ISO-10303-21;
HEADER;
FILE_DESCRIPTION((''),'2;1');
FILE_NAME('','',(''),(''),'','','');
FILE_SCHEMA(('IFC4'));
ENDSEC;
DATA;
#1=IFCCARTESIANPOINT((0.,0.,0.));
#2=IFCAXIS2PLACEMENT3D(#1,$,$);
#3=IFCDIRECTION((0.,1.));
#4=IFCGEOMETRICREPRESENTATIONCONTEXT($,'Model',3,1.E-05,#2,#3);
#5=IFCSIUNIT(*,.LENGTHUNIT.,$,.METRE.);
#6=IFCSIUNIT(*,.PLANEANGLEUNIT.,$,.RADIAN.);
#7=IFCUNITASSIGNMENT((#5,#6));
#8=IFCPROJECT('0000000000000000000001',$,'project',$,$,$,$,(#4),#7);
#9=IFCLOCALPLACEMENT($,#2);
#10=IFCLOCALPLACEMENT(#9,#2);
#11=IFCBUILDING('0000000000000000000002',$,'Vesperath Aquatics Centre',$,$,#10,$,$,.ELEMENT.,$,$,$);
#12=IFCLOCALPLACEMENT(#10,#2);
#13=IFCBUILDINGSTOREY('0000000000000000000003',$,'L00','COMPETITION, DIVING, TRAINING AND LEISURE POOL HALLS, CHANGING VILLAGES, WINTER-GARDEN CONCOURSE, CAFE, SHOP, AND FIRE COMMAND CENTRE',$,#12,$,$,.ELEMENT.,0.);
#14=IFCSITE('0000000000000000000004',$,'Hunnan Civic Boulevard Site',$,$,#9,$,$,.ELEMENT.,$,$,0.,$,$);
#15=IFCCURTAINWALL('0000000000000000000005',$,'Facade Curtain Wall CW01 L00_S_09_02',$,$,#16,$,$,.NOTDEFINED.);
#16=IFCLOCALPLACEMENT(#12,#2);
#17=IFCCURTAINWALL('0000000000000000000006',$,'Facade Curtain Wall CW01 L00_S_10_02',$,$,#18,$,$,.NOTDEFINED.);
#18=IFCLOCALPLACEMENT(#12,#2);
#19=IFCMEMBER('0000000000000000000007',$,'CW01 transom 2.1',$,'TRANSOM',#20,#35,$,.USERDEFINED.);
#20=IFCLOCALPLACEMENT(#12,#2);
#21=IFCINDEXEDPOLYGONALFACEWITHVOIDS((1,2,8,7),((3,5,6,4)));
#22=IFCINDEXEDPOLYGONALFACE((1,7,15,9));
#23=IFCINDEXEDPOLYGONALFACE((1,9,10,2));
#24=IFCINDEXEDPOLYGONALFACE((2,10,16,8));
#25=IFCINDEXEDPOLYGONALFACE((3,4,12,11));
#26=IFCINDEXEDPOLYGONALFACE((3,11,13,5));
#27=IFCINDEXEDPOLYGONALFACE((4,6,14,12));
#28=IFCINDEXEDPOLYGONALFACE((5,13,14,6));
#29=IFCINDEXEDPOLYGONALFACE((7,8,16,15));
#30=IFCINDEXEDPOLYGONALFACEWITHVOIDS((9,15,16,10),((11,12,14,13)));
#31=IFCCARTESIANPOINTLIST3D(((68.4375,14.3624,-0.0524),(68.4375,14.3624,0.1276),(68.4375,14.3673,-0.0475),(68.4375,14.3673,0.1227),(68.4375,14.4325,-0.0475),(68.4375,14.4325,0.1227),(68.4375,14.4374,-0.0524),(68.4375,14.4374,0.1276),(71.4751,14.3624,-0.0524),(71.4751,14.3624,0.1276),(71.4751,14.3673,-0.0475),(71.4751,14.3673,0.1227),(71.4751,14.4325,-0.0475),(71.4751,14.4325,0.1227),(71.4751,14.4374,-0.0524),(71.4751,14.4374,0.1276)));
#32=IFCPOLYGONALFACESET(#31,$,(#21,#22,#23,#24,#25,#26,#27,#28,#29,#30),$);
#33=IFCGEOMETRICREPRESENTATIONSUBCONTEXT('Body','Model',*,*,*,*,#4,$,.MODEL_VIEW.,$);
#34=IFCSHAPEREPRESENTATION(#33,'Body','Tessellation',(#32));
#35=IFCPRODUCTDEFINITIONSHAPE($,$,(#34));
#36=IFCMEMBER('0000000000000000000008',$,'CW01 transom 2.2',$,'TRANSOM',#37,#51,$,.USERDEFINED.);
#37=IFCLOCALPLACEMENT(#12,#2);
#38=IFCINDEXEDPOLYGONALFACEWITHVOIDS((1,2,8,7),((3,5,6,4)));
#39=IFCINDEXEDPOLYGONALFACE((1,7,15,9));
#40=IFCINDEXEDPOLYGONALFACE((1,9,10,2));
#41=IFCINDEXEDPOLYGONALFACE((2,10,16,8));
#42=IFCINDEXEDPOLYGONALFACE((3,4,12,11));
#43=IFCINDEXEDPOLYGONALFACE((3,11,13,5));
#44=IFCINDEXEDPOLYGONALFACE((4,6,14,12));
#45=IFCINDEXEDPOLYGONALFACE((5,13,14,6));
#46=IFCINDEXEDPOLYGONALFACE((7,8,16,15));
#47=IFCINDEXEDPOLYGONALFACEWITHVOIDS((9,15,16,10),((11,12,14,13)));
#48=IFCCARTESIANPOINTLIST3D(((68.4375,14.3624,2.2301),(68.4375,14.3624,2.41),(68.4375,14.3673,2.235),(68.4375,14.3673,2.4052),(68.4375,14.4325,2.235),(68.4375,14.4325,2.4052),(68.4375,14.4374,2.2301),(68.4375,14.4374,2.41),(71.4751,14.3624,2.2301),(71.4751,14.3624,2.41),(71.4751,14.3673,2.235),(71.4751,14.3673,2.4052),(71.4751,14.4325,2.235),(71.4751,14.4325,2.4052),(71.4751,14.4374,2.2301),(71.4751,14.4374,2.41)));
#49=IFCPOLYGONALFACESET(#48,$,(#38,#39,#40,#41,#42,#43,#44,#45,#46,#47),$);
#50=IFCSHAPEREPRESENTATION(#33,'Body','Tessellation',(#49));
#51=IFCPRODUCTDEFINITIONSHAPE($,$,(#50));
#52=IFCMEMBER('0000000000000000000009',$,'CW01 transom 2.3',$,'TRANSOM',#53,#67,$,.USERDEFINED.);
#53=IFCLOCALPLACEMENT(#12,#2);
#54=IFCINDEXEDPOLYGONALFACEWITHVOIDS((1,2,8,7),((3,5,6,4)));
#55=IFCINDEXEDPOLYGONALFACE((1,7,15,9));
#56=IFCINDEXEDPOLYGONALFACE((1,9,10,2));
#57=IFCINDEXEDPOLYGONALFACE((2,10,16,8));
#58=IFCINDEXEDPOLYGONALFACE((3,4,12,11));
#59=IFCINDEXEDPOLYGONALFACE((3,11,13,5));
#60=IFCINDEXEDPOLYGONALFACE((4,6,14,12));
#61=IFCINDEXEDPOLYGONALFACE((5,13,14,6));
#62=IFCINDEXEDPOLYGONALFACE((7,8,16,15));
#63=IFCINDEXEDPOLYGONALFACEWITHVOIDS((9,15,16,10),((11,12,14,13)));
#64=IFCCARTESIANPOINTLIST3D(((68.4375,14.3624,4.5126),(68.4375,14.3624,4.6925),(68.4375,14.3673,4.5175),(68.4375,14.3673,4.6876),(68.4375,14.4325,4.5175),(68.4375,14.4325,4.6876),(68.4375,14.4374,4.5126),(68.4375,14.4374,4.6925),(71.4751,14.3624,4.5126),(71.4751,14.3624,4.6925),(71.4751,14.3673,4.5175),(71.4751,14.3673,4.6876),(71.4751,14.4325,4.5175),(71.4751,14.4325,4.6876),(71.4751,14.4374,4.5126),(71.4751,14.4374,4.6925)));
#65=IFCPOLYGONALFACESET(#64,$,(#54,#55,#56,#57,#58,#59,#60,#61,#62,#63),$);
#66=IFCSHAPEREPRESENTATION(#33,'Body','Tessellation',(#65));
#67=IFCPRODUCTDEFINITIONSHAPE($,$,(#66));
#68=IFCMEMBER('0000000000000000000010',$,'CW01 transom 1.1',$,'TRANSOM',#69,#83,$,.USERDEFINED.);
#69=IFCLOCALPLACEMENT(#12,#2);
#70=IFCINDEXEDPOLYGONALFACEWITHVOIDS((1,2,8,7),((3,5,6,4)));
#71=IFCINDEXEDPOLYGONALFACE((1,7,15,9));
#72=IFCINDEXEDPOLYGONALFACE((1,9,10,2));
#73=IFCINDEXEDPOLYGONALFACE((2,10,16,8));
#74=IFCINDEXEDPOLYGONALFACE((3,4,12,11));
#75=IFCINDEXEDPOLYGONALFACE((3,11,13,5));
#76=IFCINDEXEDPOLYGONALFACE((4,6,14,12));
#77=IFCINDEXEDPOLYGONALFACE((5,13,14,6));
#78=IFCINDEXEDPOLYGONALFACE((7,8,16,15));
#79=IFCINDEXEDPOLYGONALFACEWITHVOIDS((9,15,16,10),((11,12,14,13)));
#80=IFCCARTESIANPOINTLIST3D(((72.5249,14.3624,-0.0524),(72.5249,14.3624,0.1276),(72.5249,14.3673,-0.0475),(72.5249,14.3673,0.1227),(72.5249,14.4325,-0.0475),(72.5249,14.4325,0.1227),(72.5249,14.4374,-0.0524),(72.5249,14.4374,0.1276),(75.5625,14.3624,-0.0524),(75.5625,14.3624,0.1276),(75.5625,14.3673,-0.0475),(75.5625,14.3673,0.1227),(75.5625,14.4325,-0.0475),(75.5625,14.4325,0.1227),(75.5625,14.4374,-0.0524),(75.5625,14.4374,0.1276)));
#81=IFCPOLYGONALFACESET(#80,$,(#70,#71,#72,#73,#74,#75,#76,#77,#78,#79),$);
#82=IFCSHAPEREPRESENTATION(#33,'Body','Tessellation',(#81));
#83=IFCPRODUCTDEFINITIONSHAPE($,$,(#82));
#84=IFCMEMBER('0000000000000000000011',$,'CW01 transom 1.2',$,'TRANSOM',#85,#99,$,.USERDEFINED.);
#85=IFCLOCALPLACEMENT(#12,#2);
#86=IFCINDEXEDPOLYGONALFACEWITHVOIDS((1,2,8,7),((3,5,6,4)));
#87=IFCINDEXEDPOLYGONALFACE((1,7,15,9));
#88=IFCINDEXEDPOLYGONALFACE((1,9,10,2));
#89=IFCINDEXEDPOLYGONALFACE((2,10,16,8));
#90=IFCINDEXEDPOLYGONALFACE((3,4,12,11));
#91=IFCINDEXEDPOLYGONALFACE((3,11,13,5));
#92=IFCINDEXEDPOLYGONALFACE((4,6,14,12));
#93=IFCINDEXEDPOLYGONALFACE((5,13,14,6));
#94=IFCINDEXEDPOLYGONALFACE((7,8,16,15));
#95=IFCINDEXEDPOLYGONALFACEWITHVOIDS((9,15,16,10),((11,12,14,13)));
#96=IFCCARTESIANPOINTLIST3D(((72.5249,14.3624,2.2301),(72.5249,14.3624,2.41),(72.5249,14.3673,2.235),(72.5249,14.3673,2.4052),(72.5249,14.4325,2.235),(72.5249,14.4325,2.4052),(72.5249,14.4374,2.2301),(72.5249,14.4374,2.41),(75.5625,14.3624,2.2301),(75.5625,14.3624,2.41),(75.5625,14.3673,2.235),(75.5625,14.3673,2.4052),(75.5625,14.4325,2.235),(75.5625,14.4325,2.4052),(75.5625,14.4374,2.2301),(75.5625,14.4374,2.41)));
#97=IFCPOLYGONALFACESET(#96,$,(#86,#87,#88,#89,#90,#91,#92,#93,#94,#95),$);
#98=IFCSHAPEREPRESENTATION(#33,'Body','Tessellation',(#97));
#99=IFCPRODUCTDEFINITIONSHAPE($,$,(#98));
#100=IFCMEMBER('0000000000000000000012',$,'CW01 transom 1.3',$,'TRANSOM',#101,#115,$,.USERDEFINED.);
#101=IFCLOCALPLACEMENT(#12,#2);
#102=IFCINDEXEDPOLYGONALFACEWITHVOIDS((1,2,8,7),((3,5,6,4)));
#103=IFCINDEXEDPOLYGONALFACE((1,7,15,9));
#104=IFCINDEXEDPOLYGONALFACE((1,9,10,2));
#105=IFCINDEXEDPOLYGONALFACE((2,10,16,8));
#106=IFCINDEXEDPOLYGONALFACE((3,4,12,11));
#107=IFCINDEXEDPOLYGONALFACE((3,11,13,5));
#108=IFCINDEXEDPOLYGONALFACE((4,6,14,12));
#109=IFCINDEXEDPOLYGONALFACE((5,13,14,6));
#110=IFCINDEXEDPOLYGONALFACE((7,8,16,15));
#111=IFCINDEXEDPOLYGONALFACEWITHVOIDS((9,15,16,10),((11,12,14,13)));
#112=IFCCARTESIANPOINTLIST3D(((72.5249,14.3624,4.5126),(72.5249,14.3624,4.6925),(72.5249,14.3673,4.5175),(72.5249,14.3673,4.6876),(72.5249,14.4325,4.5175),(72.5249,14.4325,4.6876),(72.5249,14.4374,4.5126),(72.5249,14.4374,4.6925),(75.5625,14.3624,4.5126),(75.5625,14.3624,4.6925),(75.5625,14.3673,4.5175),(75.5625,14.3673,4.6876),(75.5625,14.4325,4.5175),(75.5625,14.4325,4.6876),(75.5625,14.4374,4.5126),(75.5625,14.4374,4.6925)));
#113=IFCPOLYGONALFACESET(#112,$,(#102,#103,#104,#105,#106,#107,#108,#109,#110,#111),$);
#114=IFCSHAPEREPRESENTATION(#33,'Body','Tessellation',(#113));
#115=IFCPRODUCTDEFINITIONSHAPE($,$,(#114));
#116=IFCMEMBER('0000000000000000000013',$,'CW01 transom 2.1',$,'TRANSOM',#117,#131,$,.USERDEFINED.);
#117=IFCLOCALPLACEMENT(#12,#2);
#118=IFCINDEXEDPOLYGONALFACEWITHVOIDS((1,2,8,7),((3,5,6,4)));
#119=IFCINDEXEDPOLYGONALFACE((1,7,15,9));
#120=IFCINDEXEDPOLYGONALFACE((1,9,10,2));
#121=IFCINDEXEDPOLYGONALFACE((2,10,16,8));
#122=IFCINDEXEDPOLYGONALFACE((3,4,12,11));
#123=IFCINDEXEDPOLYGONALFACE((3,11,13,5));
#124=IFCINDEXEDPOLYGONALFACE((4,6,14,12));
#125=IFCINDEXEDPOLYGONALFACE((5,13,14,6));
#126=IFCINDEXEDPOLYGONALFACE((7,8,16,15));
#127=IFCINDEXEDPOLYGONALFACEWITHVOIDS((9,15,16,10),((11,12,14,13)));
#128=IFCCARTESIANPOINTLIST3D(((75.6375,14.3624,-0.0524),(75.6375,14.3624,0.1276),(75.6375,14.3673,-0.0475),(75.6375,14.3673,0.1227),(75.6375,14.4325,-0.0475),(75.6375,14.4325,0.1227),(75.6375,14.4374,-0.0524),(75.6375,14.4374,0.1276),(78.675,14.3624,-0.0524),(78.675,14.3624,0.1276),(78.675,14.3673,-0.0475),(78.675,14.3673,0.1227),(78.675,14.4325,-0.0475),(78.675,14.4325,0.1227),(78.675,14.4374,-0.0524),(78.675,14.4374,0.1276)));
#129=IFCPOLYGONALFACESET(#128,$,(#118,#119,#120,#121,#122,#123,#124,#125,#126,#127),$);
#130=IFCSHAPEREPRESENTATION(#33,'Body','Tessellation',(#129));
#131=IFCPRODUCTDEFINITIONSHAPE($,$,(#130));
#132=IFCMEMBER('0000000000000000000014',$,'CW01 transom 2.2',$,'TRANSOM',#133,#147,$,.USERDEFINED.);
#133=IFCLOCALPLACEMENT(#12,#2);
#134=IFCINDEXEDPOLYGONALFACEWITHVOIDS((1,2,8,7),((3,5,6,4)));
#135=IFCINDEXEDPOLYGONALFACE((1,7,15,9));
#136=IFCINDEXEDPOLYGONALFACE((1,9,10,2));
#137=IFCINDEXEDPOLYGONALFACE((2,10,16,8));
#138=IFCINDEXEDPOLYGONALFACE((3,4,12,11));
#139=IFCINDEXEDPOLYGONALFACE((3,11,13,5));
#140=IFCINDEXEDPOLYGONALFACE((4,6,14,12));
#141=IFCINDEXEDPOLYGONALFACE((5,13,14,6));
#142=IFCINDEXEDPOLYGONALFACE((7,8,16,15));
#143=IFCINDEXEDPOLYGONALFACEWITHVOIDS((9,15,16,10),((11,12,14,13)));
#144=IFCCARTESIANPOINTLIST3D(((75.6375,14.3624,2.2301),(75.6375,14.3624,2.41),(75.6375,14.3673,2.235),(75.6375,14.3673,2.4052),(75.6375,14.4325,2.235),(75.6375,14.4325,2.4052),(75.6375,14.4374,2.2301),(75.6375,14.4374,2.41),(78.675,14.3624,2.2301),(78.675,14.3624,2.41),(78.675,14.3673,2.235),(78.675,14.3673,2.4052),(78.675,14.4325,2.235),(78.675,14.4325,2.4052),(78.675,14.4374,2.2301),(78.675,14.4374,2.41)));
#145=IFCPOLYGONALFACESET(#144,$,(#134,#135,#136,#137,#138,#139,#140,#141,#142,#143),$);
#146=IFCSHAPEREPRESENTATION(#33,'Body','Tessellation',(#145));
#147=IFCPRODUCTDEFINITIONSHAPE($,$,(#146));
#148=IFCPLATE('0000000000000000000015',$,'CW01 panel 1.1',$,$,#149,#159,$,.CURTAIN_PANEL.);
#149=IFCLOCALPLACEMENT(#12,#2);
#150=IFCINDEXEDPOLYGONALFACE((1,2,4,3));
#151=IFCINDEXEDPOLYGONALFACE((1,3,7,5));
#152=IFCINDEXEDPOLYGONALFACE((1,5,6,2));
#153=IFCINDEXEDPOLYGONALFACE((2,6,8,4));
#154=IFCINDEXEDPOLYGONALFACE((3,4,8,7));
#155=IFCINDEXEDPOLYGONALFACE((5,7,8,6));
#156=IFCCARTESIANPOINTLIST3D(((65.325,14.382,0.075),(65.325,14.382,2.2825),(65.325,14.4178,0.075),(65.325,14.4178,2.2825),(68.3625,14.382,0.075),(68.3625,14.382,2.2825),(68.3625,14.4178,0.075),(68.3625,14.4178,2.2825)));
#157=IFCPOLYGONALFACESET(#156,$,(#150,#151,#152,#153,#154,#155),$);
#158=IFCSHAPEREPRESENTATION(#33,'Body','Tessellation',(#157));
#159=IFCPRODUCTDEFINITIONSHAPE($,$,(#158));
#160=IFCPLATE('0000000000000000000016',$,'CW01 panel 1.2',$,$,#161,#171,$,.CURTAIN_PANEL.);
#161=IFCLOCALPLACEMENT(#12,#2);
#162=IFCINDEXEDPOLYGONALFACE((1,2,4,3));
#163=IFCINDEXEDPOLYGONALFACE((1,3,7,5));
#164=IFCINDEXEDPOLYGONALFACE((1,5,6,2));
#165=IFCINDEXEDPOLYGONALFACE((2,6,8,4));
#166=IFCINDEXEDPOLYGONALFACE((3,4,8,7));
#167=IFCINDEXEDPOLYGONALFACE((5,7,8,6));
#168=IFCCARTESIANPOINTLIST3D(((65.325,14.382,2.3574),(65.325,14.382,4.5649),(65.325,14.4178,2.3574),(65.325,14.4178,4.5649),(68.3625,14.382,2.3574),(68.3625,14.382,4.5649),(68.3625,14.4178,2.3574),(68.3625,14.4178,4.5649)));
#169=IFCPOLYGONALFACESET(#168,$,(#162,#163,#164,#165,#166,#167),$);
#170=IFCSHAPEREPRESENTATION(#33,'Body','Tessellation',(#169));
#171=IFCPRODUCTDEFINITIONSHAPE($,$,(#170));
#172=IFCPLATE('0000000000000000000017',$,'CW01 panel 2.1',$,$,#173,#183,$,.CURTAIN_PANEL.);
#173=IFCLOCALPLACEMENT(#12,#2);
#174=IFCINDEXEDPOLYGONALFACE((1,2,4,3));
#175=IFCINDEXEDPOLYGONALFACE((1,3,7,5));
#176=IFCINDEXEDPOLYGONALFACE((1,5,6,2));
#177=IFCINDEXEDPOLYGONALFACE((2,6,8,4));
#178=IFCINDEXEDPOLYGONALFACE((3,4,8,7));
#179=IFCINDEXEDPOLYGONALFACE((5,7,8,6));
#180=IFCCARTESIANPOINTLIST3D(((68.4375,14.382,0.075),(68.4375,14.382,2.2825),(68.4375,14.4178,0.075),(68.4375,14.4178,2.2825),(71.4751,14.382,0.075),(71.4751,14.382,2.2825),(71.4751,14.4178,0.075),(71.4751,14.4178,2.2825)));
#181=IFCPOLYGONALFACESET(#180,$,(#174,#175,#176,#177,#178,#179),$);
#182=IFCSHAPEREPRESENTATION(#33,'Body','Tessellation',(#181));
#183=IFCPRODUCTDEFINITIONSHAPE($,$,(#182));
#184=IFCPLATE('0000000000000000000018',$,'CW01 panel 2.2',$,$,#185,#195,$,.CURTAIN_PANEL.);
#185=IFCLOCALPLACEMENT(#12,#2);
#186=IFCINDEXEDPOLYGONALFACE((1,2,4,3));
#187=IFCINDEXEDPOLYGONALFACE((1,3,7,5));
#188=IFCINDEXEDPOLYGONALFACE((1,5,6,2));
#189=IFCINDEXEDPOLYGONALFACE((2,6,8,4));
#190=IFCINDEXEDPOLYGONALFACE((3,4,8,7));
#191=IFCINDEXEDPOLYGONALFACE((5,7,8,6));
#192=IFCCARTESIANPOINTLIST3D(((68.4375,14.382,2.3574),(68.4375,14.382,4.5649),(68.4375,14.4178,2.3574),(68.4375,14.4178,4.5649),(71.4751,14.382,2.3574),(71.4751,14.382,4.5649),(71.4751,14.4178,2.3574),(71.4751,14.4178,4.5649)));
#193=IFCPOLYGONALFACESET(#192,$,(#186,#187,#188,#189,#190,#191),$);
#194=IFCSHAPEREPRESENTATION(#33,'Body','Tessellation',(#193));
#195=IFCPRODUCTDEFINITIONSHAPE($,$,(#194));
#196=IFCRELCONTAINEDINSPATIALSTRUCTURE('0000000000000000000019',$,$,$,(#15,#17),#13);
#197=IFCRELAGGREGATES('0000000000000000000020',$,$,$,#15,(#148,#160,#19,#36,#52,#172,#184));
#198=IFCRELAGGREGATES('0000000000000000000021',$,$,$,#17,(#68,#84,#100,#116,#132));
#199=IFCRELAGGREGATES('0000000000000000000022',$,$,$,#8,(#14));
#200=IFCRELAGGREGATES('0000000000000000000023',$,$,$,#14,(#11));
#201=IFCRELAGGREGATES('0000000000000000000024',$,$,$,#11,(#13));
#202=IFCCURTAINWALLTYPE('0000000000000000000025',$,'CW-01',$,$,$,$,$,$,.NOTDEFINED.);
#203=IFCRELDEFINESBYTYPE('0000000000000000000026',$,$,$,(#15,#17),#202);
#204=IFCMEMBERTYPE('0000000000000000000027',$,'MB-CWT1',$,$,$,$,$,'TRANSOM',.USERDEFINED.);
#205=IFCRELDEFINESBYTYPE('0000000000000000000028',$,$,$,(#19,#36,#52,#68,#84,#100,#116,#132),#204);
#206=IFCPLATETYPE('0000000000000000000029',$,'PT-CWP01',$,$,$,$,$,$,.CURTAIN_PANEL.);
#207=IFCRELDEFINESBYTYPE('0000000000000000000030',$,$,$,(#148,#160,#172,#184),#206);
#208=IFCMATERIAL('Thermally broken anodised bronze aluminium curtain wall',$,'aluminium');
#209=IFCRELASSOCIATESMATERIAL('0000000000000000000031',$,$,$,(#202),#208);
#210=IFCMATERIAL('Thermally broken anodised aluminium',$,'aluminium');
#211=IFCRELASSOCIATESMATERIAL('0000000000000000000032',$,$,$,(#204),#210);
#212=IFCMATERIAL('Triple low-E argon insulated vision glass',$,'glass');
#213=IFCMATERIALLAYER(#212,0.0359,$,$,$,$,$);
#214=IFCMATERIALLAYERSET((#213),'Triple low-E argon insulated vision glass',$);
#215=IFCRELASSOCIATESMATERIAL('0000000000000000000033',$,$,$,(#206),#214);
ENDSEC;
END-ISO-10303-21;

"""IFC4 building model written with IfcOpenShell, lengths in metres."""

from ifc_helpers import new_model, si_unit, direction, frame, origin, origin_2d, place, context, subcontext, project, spatial, rectangle, hollow_rectangle, extrude, material, layer, layer_set, material_profile, profile_set, type_object, element, aggregate, save


model = new_model("IFC4")

# Units and contexts
model_context = context("Model", 3, precision=1e-05, world=origin(), true_north=direction((0.0, 1.0)))
body_context = subcontext(model_context, "Body", "Model", "MODEL_VIEW")
ifc_project = project(units=[si_unit("LENGTHUNIT", "METRE"), si_unit("PLANEANGLEUNIT", "RADIAN")], contexts=[model_context])

# Site, building, storey
site_placement = place(None, origin())
site = spatial("IfcSite", under=ifc_project, at=site_placement, Name="Hunnan Civic Boulevard Site", CompositionType="ELEMENT", RefElevation=0.0)
building_placement = place(site_placement, origin())
building = spatial("IfcBuilding", under=site, at=building_placement, Name="Vesperath Aquatics Centre", CompositionType="ELEMENT")
storey_placement = place(building_placement, origin())
storey = spatial("IfcBuildingStorey", under=building, at=storey_placement, Name="L00", Description="COMPETITION, DIVING, TRAINING AND LEISURE POOL HALLS, CHANGING VILLAGES, WINTER-GARDEN CONCOURSE, CAFE, SHOP, AND FIRE COMMAND CENTRE", CompositionType="ELEMENT", Elevation=0.0)

# Curtain walls
ifc_material_1 = material(Name="Thermally broken anodised bronze aluminium curtain wall", Category="aluminium")
curtain_wall_type = type_object("IfcCurtainWallType", Name="CW-01", PredefinedType="NOTDEFINED", material=ifc_material_1)
curtain_wall_1_placement = place(storey_placement, origin())
curtain_wall_1 = element("IfcCurtainWall", 1, at=curtain_wall_1_placement, inside=storey, type_object=curtain_wall_type, Name="Facade Curtain Wall CW01 L00_S_09_02", PredefinedType="NOTDEFINED")
ifc_material_2 = material(Name="Thermally broken anodised aluminium", Category="aluminium")
curtain_wall_2_placement = place(storey_placement, origin())
curtain_wall_2 = element("IfcCurtainWall", 2, at=curtain_wall_2_placement, inside=storey, type_object=curtain_wall_type, Name="Facade Curtain Wall CW01 L00_S_10_02", PredefinedType="NOTDEFINED")

# Members
ifc_material_profile_1 = material_profile(ifc_material_2, hollow_rectangle(XDim=0.075, YDim=0.1799, WallThickness=0.0049, at=origin_2d()), Name="CWT 75x180x5")
ifc_profile_set_1 = profile_set([ifc_material_profile_1], Name="Thermally broken anodised aluminium")
member_type_1 = type_object("IfcMemberType", Name="MB-CWT1", ElementType="TRANSOM", PredefinedType="USERDEFINED", material=ifc_profile_set_1)
member_1_placement = place(storey_placement, frame((68.4375, 14.3999, 0.0376), z_axis=(1.0, 0.0, 0.0), x_axis=(0.0, 1.0, 0.0)))
member_1 = element("IfcMember", 3, at=member_1_placement, type_object=member_type_1, Name="CW01 transom 2.1", ObjectType="TRANSOM", PredefinedType="USERDEFINED", context=body_context, shape_type="SweptSolid", body=[
    extrude(hollow_rectangle(XDim=0.075, YDim=0.1799, WallThickness=0.0049, at=origin_2d()), origin(), (0.0, 0.0, 1.0), 3.0376),
])
member_2_placement = place(storey_placement, frame((68.4375, 14.3999, 2.3201), z_axis=(1.0, 0.0, 0.0), x_axis=(0.0, 1.0, 0.0)))
member_2 = element("IfcMember", 4, at=member_2_placement, type_object=member_type_1, Name="CW01 transom 2.2", ObjectType="TRANSOM", PredefinedType="USERDEFINED", context=body_context, shape_type="SweptSolid", body=[
    extrude(hollow_rectangle(XDim=0.075, YDim=0.1799, WallThickness=0.0049, at=origin_2d()), origin(), (0.0, 0.0, 1.0), 3.0376),
])
member_3_placement = place(storey_placement, frame((68.4375, 14.3999, 4.6025), z_axis=(1.0, 0.0, 0.0), x_axis=(0.0, 1.0, 0.0)))
member_3 = element("IfcMember", 5, at=member_3_placement, type_object=member_type_1, Name="CW01 transom 2.3", ObjectType="TRANSOM", PredefinedType="USERDEFINED", context=body_context, shape_type="SweptSolid", body=[
    extrude(hollow_rectangle(XDim=0.075, YDim=0.1799, WallThickness=0.0049, at=origin_2d()), origin(), (0.0, 0.0, 1.0), 3.0376),
])
member_4_placement = place(storey_placement, frame((72.5249, 14.3999, 0.0376), z_axis=(1.0, 0.0, 0.0), x_axis=(0.0, 1.0, 0.0)))
member_4 = element("IfcMember", 6, at=member_4_placement, type_object=member_type_1, Name="CW01 transom 1.1", ObjectType="TRANSOM", PredefinedType="USERDEFINED", context=body_context, shape_type="SweptSolid", body=[
    extrude(hollow_rectangle(XDim=0.075, YDim=0.1799, WallThickness=0.0049, at=origin_2d()), origin(), (0.0, 0.0, 1.0), 3.0376),
])
member_5_placement = place(storey_placement, frame((72.5249, 14.3999, 2.3201), z_axis=(1.0, 0.0, 0.0), x_axis=(0.0, 1.0, 0.0)))
member_5 = element("IfcMember", 7, at=member_5_placement, type_object=member_type_1, Name="CW01 transom 1.2", ObjectType="TRANSOM", PredefinedType="USERDEFINED", context=body_context, shape_type="SweptSolid", body=[
    extrude(hollow_rectangle(XDim=0.075, YDim=0.1799, WallThickness=0.0049, at=origin_2d()), origin(), (0.0, 0.0, 1.0), 3.0376),
])
member_6_placement = place(storey_placement, frame((72.5249, 14.3999, 4.6025), z_axis=(1.0, 0.0, 0.0), x_axis=(0.0, 1.0, 0.0)))
member_6 = element("IfcMember", 8, at=member_6_placement, type_object=member_type_1, Name="CW01 transom 1.3", ObjectType="TRANSOM", PredefinedType="USERDEFINED", context=body_context, shape_type="SweptSolid", body=[
    extrude(hollow_rectangle(XDim=0.075, YDim=0.1799, WallThickness=0.0049, at=origin_2d()), origin(), (0.0, 0.0, 1.0), 3.0376),
])
member_7_placement = place(storey_placement, frame((75.6375, 14.3999, 0.0376), z_axis=(1.0, 0.0, 0.0), x_axis=(0.0, 1.0, 0.0)))
member_7 = element("IfcMember", 9, at=member_7_placement, type_object=member_type_1, Name="CW01 transom 2.1", ObjectType="TRANSOM", PredefinedType="USERDEFINED", context=body_context, shape_type="SweptSolid", body=[
    extrude(hollow_rectangle(XDim=0.075, YDim=0.1799, WallThickness=0.0049, at=origin_2d()), origin(), (0.0, 0.0, 1.0), 3.0376),
])
member_8_placement = place(storey_placement, frame((75.6375, 14.3999, 2.3201), z_axis=(1.0, 0.0, 0.0), x_axis=(0.0, 1.0, 0.0)))
member_8 = element("IfcMember", 10, at=member_8_placement, type_object=member_type_1, Name="CW01 transom 2.2", ObjectType="TRANSOM", PredefinedType="USERDEFINED", context=body_context, shape_type="SweptSolid", body=[
    extrude(hollow_rectangle(XDim=0.075, YDim=0.1799, WallThickness=0.0049, at=origin_2d()), origin(), (0.0, 0.0, 1.0), 3.0376),
])

# Plates
ifc_material_3 = material(Name="Triple low-E argon insulated vision glass", Category="glass")
ifc_layer_1 = layer(ifc_material_3, 0.0359)
ifc_layer_set_1 = layer_set([ifc_layer_1], Name="Triple low-E argon insulated vision glass")
plate_type = type_object("IfcPlateType", Name="PT-CWP01", PredefinedType="CURTAIN_PANEL", material=ifc_layer_set_1)
plate_1_placement = place(storey_placement, frame((66.8438, 14.3999, 0.075), z_axis=(0.0, 0.0, 1.0), x_axis=(1.0, 0.0, 0.0)))
plate_1 = element("IfcPlate", 11, at=plate_1_placement, type_object=plate_type, Name="CW01 panel 1.1", PredefinedType="CURTAIN_PANEL", context=body_context, shape_type="SweptSolid", body=[
    extrude(rectangle(XDim=3.0376, YDim=0.0359, at=origin_2d()), origin(), (0.0, 0.0, 1.0), 2.2075),
])
plate_2_placement = place(storey_placement, frame((66.8438, 14.3999, 2.3574), z_axis=(0.0, 0.0, 1.0), x_axis=(1.0, 0.0, 0.0)))
plate_2 = element("IfcPlate", 12, at=plate_2_placement, type_object=plate_type, Name="CW01 panel 1.2", PredefinedType="CURTAIN_PANEL", context=body_context, shape_type="SweptSolid", body=[
    extrude(rectangle(XDim=3.0376, YDim=0.0359, at=origin_2d()), origin(), (0.0, 0.0, 1.0), 2.2075),
])
plate_3_placement = place(storey_placement, frame((69.9563, 14.3999, 0.075), z_axis=(0.0, 0.0, 1.0), x_axis=(1.0, 0.0, 0.0)))
plate_3 = element("IfcPlate", 13, at=plate_3_placement, type_object=plate_type, Name="CW01 panel 2.1", PredefinedType="CURTAIN_PANEL", context=body_context, shape_type="SweptSolid", body=[
    extrude(rectangle(XDim=3.0376, YDim=0.0359, at=origin_2d()), origin(), (0.0, 0.0, 1.0), 2.2075),
])
plate_4_placement = place(storey_placement, frame((69.9563, 14.3999, 2.3574), z_axis=(0.0, 0.0, 1.0), x_axis=(1.0, 0.0, 0.0)))
plate_4 = element("IfcPlate", 14, at=plate_4_placement, type_object=plate_type, Name="CW01 panel 2.2", PredefinedType="CURTAIN_PANEL", context=body_context, shape_type="SweptSolid", body=[
    extrude(rectangle(XDim=3.0376, YDim=0.0359, at=origin_2d()), origin(), (0.0, 0.0, 1.0), 2.2075),
])
aggregate(curtain_wall_1, [plate_1, plate_2, member_1, member_2, member_3, plate_3, plate_4])
aggregate(curtain_wall_2, [member_4, member_5, member_6, member_7, member_8])

save(model, "model.ifc")
